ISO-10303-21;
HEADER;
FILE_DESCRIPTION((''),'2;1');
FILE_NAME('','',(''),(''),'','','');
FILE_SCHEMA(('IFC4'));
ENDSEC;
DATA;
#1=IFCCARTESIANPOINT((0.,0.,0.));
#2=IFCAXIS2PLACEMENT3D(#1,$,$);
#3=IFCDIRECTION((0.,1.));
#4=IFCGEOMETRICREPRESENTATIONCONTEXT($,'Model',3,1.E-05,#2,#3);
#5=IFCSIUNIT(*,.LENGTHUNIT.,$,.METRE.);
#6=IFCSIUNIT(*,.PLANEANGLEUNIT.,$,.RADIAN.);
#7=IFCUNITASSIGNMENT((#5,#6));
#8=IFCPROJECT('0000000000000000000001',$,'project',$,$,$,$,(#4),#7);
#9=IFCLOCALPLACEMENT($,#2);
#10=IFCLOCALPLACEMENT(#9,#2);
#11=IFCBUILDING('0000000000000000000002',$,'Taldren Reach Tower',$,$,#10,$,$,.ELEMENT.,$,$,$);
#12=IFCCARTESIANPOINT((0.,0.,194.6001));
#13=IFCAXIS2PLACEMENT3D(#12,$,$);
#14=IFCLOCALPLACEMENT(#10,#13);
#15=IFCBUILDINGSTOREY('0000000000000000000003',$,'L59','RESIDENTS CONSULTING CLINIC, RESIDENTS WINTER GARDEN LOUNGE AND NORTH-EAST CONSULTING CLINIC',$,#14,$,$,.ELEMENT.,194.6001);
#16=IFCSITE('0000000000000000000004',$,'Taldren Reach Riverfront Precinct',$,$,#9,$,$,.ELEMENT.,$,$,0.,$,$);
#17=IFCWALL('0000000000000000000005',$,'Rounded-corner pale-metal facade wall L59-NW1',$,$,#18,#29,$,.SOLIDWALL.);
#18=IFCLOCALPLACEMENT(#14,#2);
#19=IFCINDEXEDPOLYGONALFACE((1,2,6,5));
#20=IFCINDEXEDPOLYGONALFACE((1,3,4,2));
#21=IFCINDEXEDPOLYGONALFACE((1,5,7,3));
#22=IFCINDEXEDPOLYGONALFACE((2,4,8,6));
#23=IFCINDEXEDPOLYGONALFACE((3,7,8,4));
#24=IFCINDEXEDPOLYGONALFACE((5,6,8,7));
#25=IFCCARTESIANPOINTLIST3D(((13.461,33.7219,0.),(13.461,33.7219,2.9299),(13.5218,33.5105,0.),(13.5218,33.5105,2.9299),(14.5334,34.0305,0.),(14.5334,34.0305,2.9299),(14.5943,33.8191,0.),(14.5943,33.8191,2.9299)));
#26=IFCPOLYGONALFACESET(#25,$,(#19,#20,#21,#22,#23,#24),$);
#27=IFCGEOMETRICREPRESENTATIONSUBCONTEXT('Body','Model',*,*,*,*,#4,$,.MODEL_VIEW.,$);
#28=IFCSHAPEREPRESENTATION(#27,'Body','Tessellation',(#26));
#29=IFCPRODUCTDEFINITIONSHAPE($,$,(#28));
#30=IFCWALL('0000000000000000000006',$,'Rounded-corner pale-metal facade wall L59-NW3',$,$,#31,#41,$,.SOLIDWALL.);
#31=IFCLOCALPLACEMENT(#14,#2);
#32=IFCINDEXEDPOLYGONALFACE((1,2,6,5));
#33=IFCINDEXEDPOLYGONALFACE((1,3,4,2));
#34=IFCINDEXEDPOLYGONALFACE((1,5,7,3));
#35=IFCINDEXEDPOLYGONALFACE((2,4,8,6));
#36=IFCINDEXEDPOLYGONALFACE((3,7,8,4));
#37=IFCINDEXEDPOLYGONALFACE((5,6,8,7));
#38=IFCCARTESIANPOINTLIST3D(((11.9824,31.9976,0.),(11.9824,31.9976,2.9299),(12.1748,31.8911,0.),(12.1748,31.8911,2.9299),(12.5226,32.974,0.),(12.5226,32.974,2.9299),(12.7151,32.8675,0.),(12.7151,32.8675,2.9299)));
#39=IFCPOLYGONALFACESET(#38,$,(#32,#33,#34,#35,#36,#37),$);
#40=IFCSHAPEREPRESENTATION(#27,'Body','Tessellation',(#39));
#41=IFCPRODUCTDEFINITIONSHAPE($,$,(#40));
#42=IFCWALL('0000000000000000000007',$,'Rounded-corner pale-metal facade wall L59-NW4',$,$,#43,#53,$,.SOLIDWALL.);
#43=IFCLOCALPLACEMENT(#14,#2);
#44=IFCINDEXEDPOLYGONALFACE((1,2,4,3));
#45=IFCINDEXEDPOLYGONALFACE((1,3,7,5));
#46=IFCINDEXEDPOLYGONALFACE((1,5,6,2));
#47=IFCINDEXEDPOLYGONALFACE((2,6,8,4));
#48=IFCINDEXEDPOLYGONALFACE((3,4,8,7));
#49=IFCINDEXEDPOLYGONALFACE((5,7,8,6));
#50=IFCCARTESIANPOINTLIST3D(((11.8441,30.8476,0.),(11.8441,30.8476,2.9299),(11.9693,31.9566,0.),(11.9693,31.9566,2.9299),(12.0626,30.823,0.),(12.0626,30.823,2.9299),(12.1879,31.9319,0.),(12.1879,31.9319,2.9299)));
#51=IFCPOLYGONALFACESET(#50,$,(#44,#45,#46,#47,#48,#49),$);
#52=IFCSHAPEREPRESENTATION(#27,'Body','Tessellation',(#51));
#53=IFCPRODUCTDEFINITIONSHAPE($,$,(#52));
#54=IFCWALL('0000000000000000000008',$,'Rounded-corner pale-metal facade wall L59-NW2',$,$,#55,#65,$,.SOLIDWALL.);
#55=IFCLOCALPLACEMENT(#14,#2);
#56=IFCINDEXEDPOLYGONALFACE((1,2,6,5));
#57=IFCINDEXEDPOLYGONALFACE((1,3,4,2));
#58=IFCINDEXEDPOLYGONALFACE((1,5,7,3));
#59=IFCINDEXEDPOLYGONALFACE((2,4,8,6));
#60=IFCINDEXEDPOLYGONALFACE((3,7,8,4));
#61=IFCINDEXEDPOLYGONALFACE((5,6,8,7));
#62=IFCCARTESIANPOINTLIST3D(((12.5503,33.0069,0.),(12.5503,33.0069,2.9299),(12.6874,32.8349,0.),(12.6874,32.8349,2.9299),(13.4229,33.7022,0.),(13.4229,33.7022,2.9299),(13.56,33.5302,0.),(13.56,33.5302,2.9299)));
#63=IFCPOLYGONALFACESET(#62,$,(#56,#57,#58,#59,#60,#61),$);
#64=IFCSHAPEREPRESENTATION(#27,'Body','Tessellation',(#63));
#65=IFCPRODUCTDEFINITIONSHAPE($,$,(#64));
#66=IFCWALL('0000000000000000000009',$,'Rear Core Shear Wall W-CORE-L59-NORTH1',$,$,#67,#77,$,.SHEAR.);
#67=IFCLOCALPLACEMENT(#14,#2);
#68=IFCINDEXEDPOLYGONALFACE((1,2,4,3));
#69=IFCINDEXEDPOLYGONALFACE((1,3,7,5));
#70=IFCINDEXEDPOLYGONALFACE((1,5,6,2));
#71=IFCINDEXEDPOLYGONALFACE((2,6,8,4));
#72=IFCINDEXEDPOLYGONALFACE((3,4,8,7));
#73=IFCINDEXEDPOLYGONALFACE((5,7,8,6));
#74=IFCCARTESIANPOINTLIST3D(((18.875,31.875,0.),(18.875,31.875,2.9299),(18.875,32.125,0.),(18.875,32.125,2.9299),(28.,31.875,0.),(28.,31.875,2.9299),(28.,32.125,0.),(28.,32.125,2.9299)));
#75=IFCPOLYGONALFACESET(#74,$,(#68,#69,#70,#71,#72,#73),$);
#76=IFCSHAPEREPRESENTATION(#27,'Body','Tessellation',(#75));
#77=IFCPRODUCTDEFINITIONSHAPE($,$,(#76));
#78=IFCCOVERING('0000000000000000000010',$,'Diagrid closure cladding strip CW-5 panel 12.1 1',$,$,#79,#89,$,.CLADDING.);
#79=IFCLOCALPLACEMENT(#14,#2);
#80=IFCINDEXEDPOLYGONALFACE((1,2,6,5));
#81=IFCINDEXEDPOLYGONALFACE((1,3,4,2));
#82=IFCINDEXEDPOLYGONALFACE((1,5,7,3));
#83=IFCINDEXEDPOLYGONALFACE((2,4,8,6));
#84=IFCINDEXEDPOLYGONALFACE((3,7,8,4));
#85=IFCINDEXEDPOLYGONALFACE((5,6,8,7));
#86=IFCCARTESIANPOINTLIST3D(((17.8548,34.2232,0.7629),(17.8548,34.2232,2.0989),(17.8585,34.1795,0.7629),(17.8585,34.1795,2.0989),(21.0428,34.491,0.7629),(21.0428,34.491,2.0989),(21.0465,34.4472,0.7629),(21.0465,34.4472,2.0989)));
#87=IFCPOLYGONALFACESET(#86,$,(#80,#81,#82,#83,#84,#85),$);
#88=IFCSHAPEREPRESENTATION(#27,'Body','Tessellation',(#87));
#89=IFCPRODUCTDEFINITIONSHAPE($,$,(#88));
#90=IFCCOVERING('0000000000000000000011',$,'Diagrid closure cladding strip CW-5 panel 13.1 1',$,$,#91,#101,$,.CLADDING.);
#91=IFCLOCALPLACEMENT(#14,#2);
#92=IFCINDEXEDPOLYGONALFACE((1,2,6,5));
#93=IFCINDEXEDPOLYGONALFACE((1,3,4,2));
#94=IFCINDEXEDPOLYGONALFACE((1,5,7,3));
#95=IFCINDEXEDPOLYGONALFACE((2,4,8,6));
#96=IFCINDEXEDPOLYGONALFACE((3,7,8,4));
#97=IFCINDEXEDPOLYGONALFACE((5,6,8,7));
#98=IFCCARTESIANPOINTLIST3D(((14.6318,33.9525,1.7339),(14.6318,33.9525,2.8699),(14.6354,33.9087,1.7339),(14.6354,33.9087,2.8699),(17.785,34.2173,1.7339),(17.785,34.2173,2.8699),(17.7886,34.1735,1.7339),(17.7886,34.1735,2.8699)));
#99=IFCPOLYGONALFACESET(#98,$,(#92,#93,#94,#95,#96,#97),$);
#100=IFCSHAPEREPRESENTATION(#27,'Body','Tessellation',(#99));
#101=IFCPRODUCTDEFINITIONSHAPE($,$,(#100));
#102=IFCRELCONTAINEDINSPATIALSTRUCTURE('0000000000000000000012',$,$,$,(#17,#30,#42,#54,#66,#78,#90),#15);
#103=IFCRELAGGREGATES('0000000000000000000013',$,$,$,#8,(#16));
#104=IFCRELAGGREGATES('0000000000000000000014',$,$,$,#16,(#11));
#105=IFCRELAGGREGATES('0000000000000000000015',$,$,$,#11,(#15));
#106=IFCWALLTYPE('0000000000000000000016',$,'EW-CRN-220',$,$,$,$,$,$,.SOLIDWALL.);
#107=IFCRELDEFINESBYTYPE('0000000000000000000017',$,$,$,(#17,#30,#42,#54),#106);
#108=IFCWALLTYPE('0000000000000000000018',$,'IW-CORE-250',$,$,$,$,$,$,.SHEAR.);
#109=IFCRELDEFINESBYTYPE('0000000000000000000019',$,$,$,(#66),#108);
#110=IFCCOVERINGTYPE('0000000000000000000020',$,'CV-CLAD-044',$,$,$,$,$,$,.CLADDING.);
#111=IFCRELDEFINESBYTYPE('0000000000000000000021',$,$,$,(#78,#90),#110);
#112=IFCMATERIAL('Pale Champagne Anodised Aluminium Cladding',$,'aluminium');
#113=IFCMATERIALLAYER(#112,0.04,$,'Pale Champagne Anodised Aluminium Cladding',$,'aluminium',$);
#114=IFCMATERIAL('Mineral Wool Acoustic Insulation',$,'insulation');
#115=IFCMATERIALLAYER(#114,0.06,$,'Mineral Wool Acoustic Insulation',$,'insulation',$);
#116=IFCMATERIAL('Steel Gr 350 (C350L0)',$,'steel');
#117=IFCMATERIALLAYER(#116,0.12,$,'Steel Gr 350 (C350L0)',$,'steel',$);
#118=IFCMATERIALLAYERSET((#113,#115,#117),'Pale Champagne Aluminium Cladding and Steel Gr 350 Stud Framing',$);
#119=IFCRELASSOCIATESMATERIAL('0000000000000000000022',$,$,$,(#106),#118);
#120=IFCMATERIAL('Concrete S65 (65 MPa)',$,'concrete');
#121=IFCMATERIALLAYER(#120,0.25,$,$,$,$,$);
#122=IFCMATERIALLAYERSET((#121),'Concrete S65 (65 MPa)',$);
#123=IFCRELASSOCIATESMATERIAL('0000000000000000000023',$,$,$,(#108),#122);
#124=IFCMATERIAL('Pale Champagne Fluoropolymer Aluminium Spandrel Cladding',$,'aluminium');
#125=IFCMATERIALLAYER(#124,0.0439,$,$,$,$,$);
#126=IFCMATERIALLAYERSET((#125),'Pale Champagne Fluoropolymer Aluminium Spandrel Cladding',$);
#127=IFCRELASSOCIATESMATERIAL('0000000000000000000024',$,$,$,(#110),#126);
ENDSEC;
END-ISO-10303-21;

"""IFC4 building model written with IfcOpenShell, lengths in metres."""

from ifc_helpers import new_model, si_unit, direction, frame, frame_2d, origin, origin_2d, place, context, subcontext, project, spatial, rectangle, extrude, source, transform, mapped, material, layer, layer_set, type_object, element, save


model = new_model("IFC4")

# Units and contexts
model_context = context("Model", 3, precision=1e-05, world=origin(), true_north=direction((0.0, 1.0)))
body_context = subcontext(model_context, "Body", "Model", "MODEL_VIEW")
ifc_project = project(units=[si_unit("LENGTHUNIT", "METRE"), si_unit("PLANEANGLEUNIT", "RADIAN")], contexts=[model_context])

# Site, building, storey
site_placement = place(None, origin())
site = spatial("IfcSite", under=ifc_project, at=site_placement, Name="Taldren Reach Riverfront Precinct", CompositionType="ELEMENT", RefElevation=0.0)
building_placement = place(site_placement, origin())
building = spatial("IfcBuilding", under=site, at=building_placement, Name="Taldren Reach Tower", CompositionType="ELEMENT")
storey_placement = place(building_placement, frame((0.0, 0.0, 194.6001)))
storey = spatial("IfcBuildingStorey", under=building, at=storey_placement, Name="L59", Description="RESIDENTS CONSULTING CLINIC, RESIDENTS WINTER GARDEN LOUNGE AND NORTH-EAST CONSULTING CLINIC", CompositionType="ELEMENT", Elevation=194.6001)

# Shared definitions
ifc_material_1 = material(Name="Steel Gr 350 (C350L0)", Category="steel")

# Walls
ifc_material_2 = material(Name="Pale Champagne Anodised Aluminium Cladding", Category="aluminium")
ifc_layer_1 = layer(ifc_material_2, 0.04, Name="Pale Champagne Anodised Aluminium Cladding", Category="aluminium")
ifc_material_3 = material(Name="Mineral Wool Acoustic Insulation", Category="insulation")
ifc_layer_2 = layer(ifc_material_3, 0.06, Name="Mineral Wool Acoustic Insulation", Category="insulation")
ifc_layer_3 = layer(ifc_material_1, 0.12, Name="Steel Gr 350 (C350L0)", Category="steel")
ifc_layer_set_1 = layer_set([ifc_layer_1, ifc_layer_2, ifc_layer_3], Name="Pale Champagne Aluminium Cladding and Steel Gr 350 Stud Framing")
wall_type_1 = type_object("IfcWallType", Name="EW-CRN-220", PredefinedType="SOLIDWALL", material=ifc_layer_set_1)
shared_shape_1 = source(origin(), body_context, "Body", "SweptSolid", [
    extrude(rectangle(XDim=1.116, YDim=0.22, at=frame_2d((0.5581, 0.0))), origin(), (0.0, 0.0, 1.0), 2.9299),
])
for number, where, z_axis, x_axis, name in (
    (1, (14.564, 33.9248, 0.0), (0.0, 0.0, 1.0), (-0.96101, -0.276512, 0.0), "Rounded-corner pale-metal facade wall L59-NW1"),
    (2, (12.6189, 32.9209, 0.0), (0.0, 0.0, 1.0), (-0.484101, -0.875012, 0.0), "Rounded-corner pale-metal facade wall L59-NW3"),
    (3, (12.0786, 31.9443, 0.0), (0.0, 0.0, 1.0), (-0.112232, -0.993682, 0.0), "Rounded-corner pale-metal facade wall L59-NW4"),
):
    element("IfcWall", number, at=place(storey_placement, frame(where, z_axis=z_axis, x_axis=x_axis)), inside=storey, type_object=wall_type_1, Name=name, PredefinedType="SOLIDWALL", context=body_context, shape_type="MappedRepresentation", body=[
        mapped(shared_shape_1, transform((0.0, 0.0, 0.0), scale=1.0)),
    ])
shared_shape_2 = source(origin(), body_context, "Body", "SweptSolid", [
    extrude(rectangle(XDim=1.1157, YDim=0.22, at=frame_2d((0.5579, 0.0))), origin(), (0.0, 0.0, 1.0), 2.9299),
])
wall_1_placement = place(storey_placement, frame((13.4915, 33.6162, 0.0), z_axis=(0.0, 0.0, 1.0), x_axis=(-0.782063, -0.6232, 0.0)))
element("IfcWall", 4, at=wall_1_placement, inside=storey, type_object=wall_type_1, Name="Rounded-corner pale-metal facade wall L59-NW2", PredefinedType="SOLIDWALL", context=body_context, shape_type="MappedRepresentation", body=[
    mapped(shared_shape_2, transform((0.0, 0.0, 0.0), scale=1.0)),
])
ifc_material_4 = material(Name="Concrete S65 (65 MPa)", Category="concrete")
ifc_layer_4 = layer(ifc_material_4, 0.25)
ifc_layer_set_2 = layer_set([ifc_layer_4], Name="Concrete S65 (65 MPa)")
wall_type_2 = type_object("IfcWallType", Name="IW-CORE-250", PredefinedType="SHEAR", material=ifc_layer_set_2)
shared_shape_3 = source(origin(), body_context, "Body", "SweptSolid", [
    extrude(rectangle(XDim=9.125, YDim=0.25, at=frame_2d((4.5625, 0.0))), origin(), (0.0, 0.0, 1.0), 2.9299),
])
wall_2_placement = place(storey_placement, frame((18.875, 32.0, 0.0), z_axis=(0.0, 0.0, 1.0), x_axis=(1.0, 0.0, 0.0)))
element("IfcWall", 5, at=wall_2_placement, inside=storey, type_object=wall_type_2, Name="Rear Core Shear Wall W-CORE-L59-NORTH1", PredefinedType="SHEAR", context=body_context, shape_type="MappedRepresentation", body=[
    mapped(shared_shape_3, transform((0.0, 0.0, 0.0), scale=1.0)),
])

# Coverings
ifc_material_5 = material(Name="Pale Champagne Fluoropolymer Aluminium Spandrel Cladding", Category="aluminium")
ifc_layer_5 = layer(ifc_material_5, 0.0439)
ifc_layer_set_3 = layer_set([ifc_layer_5], Name="Pale Champagne Fluoropolymer Aluminium Spandrel Cladding")
covering_type = type_object("IfcCoveringType", Name="CV-CLAD-044", PredefinedType="CLADDING", material=ifc_layer_set_3)
shared_shape_4 = source(origin(), body_context, "Body", "SweptSolid", [
    extrude(rectangle(XDim=3.1992, YDim=0.0439, at=origin_2d()), origin(), (0.0, 0.0, 1.0), 1.3359),
])
covering_1_placement = place(storey_placement, frame((19.4507, 34.3352, 0.7629), z_axis=(0.0, 0.0, 1.0), x_axis=(-0.996493, -0.083678, 0.0)))
element("IfcCovering", 6, at=covering_1_placement, inside=storey, type_object=covering_type, Name="Diagrid closure cladding strip CW-5 panel 12.1 1", PredefinedType="CLADDING", context=body_context, shape_type="MappedRepresentation", body=[
    mapped(shared_shape_4, transform((0.0, 0.0, 0.0), scale=1.0)),
])
shared_shape_5 = source(origin(), body_context, "Body", "SweptSolid", [
    extrude(rectangle(XDim=3.1643, YDim=0.0439, at=origin_2d()), origin(), (0.0, 0.0, 1.0), 1.136),
])
covering_2_placement = place(storey_placement, frame((16.2102, 34.063, 1.7339), z_axis=(0.0, 0.0, 1.0), x_axis=(-0.996493, -0.083678, 0.0)))
element("IfcCovering", 7, at=covering_2_placement, inside=storey, type_object=covering_type, Name="Diagrid closure cladding strip CW-5 panel 13.1 1", PredefinedType="CLADDING", context=body_context, shape_type="MappedRepresentation", body=[
    mapped(shared_shape_5, transform((0.0, 0.0, 0.0), scale=1.0)),
])

save(model, "model.ifc")
